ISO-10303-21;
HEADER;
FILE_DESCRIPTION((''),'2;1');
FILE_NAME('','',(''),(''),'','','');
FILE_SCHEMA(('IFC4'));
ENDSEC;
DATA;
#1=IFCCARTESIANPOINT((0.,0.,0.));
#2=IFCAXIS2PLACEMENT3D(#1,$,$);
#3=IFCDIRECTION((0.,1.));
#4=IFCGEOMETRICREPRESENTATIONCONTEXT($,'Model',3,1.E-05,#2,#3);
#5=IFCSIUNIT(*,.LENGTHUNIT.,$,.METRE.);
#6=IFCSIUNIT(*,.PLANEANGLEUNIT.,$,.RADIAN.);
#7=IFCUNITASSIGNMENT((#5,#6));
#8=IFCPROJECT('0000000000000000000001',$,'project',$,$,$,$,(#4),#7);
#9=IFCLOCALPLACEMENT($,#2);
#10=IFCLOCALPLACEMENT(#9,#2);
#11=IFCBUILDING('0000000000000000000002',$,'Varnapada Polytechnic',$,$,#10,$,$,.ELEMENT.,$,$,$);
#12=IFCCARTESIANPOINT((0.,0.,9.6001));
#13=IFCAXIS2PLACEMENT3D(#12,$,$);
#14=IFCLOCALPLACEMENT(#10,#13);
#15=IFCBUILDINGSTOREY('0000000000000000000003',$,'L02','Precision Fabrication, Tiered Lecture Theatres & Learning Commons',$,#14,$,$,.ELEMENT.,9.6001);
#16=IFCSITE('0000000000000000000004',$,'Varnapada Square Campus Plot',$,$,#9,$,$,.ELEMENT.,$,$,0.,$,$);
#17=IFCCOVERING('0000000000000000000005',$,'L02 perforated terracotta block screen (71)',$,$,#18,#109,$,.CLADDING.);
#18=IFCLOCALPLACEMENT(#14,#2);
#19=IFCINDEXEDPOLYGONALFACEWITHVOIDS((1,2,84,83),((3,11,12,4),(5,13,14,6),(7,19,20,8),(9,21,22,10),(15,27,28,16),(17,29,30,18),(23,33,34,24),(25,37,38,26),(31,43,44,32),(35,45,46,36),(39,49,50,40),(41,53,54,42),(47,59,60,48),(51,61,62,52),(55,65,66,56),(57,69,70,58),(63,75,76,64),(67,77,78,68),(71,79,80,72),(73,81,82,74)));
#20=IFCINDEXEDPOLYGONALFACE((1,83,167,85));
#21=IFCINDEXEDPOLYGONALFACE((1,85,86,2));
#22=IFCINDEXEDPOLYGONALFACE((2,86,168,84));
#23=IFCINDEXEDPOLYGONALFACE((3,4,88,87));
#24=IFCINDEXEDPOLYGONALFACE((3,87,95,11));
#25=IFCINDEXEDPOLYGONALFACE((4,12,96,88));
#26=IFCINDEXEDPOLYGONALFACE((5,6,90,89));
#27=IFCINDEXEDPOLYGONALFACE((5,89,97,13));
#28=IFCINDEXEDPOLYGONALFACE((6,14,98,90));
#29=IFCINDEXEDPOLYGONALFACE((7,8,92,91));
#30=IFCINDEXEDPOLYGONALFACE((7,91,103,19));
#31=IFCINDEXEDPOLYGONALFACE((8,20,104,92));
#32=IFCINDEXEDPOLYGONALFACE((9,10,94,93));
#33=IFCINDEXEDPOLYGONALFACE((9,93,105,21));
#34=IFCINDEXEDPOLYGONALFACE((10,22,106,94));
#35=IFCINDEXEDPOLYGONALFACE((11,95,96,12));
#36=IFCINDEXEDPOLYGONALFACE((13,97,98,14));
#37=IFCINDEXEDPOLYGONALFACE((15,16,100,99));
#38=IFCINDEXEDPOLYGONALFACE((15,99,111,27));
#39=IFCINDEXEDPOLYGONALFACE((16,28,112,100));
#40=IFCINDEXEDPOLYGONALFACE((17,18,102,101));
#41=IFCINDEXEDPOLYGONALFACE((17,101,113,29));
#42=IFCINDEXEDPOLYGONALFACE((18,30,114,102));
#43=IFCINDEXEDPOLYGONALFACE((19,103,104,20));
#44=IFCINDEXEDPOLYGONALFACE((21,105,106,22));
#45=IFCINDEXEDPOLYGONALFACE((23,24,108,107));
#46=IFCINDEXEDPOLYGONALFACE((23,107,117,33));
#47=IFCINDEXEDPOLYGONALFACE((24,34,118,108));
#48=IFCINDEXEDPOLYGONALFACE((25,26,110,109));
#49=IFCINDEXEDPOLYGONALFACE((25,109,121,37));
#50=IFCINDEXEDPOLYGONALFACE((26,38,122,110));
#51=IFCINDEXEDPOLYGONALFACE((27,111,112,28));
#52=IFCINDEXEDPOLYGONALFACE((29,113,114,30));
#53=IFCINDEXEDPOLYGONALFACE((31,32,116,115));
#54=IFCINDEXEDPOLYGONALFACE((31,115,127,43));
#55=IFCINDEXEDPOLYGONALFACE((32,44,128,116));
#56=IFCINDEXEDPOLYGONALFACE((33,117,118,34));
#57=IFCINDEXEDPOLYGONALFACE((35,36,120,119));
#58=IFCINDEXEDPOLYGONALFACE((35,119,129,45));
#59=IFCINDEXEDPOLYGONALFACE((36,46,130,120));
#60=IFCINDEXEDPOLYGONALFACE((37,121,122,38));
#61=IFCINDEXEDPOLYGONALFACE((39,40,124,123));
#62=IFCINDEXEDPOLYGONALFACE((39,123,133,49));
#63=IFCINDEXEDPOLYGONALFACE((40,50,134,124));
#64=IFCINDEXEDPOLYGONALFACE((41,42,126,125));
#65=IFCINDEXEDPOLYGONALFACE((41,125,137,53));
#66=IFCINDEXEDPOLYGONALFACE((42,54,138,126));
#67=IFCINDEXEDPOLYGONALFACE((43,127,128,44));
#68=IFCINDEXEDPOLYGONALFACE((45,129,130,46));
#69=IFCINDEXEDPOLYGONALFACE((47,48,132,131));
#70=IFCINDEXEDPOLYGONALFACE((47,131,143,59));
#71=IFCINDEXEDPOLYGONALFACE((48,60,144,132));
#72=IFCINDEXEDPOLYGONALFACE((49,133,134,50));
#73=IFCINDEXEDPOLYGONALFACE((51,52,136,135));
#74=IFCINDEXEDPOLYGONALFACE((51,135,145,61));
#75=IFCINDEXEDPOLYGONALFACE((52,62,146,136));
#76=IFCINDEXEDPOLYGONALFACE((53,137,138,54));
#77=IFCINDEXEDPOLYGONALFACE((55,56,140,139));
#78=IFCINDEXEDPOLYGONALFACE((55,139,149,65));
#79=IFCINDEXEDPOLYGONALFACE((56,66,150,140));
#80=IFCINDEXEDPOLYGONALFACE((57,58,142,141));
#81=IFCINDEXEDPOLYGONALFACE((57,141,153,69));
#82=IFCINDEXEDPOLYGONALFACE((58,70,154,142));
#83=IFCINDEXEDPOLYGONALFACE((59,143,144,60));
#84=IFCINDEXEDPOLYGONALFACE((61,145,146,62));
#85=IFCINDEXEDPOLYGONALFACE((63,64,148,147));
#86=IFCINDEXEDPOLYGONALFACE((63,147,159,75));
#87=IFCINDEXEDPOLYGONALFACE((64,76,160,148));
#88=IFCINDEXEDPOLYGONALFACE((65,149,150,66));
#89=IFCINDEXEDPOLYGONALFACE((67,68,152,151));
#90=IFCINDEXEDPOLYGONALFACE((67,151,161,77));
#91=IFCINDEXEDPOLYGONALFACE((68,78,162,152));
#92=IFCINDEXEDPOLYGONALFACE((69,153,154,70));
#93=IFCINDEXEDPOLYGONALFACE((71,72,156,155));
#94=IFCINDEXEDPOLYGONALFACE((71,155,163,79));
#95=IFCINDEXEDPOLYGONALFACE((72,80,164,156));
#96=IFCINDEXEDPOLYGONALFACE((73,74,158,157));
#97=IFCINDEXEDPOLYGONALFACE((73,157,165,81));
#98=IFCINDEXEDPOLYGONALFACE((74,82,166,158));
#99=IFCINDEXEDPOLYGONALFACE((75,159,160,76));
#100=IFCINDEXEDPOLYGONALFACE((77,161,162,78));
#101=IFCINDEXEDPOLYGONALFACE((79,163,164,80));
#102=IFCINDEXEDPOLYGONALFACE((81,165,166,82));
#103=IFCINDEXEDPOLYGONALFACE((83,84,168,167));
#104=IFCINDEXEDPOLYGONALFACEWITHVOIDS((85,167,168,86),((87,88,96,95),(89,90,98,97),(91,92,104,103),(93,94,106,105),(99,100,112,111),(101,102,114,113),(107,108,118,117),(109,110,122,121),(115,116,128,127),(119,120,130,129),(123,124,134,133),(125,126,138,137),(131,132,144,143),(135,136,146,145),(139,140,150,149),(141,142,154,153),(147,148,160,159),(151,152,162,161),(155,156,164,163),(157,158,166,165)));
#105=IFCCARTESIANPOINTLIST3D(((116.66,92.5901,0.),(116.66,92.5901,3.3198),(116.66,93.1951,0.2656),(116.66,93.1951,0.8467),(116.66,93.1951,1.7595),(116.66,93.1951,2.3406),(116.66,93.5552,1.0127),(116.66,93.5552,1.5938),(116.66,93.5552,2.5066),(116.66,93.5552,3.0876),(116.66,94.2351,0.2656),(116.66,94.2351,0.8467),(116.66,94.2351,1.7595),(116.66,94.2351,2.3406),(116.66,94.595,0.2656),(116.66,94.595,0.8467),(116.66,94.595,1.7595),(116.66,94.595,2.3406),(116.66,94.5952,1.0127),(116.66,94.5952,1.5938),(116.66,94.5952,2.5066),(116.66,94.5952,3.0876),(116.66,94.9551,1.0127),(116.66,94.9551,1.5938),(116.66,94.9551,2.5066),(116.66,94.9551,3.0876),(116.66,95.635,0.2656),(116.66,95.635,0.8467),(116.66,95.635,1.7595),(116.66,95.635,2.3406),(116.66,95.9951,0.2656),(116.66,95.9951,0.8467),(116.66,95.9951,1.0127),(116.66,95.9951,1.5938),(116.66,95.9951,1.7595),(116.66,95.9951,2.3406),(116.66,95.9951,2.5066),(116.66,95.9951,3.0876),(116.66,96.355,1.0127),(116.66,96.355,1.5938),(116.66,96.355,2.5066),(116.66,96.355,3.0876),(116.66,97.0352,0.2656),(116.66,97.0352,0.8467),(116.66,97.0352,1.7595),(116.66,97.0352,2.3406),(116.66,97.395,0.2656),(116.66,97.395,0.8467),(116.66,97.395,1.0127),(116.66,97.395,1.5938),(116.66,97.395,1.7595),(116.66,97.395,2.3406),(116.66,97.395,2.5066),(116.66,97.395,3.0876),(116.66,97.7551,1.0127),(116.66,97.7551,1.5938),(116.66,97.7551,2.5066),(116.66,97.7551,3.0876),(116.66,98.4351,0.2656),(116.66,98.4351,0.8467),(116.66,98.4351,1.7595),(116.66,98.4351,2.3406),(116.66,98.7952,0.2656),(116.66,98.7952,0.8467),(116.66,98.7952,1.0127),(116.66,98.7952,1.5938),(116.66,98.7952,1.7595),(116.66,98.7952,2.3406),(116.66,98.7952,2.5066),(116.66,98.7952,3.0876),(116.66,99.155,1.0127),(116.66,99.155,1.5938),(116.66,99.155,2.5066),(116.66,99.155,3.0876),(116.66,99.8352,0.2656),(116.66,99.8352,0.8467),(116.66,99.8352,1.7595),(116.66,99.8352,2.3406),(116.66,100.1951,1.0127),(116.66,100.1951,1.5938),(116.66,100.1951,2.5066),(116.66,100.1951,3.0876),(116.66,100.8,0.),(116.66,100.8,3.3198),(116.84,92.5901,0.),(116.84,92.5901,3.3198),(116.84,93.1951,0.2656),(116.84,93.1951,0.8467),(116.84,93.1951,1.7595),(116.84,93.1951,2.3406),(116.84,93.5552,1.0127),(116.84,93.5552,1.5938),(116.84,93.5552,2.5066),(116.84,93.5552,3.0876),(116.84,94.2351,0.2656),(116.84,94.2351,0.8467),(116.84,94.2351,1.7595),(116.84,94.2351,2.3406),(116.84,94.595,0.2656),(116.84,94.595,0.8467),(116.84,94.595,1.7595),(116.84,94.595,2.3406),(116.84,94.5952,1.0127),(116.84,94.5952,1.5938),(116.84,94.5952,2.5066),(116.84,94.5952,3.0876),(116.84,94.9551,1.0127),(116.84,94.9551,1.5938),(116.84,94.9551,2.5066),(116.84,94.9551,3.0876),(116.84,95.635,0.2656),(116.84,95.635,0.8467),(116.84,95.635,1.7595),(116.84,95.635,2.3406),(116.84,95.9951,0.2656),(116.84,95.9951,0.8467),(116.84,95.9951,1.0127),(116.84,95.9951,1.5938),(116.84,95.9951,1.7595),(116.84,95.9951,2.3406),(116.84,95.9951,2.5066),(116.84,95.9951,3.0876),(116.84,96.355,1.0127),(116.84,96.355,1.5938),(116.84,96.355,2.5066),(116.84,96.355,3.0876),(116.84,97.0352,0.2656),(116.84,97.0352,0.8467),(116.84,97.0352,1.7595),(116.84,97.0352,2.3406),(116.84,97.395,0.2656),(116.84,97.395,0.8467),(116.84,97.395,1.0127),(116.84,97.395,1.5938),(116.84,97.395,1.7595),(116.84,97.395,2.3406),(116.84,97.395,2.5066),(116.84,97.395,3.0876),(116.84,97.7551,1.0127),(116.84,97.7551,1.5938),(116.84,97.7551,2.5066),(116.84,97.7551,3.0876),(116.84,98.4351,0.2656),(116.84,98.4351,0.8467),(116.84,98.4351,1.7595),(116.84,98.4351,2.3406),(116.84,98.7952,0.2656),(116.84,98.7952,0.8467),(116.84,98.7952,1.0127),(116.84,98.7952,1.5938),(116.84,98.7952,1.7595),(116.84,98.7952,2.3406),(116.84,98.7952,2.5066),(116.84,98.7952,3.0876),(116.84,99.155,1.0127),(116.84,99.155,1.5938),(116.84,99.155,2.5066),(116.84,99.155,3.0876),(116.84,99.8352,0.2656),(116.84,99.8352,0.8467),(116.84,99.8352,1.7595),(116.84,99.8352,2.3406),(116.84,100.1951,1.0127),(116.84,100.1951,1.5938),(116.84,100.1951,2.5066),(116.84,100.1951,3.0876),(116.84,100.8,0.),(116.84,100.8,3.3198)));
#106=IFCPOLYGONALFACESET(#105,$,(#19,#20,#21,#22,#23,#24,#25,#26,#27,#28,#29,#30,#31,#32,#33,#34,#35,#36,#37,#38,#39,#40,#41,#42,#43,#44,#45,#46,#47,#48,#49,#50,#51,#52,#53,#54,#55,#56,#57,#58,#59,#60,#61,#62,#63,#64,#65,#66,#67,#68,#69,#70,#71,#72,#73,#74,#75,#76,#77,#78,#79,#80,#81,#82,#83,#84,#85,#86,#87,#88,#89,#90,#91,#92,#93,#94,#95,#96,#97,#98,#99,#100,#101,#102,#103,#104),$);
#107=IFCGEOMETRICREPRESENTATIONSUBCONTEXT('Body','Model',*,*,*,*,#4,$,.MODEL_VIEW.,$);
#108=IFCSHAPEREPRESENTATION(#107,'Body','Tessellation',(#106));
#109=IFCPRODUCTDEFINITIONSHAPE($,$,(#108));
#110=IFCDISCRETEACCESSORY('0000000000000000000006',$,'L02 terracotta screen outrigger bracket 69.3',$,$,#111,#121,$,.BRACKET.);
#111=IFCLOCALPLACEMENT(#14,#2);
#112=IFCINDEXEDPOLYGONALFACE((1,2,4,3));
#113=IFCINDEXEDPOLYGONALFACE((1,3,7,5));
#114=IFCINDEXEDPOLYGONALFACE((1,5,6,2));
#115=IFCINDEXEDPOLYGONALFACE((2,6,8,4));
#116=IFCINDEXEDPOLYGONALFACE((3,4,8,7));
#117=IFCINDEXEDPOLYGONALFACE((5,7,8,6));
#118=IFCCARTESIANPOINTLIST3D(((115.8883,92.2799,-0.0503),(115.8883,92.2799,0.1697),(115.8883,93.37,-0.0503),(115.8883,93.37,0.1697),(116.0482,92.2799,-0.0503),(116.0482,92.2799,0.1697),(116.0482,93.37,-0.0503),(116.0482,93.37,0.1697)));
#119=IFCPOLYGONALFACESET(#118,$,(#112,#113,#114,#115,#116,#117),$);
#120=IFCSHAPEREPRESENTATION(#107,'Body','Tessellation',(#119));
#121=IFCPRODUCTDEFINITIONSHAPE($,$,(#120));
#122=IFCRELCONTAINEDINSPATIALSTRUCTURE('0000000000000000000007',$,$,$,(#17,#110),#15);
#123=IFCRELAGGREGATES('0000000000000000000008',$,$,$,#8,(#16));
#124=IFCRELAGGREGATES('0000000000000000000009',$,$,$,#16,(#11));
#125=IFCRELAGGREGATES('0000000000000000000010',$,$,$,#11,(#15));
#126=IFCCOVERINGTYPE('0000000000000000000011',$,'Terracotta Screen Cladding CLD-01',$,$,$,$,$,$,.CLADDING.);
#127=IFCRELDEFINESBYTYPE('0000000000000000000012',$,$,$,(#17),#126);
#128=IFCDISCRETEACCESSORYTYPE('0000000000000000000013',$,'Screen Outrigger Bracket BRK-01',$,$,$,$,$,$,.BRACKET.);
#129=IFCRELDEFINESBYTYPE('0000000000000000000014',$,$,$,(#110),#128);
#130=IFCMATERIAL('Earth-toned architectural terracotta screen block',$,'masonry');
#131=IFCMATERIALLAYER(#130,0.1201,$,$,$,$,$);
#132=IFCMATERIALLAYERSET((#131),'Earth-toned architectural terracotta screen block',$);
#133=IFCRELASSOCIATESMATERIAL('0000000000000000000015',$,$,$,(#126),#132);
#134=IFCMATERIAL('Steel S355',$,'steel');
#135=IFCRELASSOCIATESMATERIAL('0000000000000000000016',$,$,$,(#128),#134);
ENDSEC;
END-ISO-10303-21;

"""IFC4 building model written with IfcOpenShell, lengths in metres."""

from ifc_helpers import new_model, si_unit, direction, frame, frame_2d, origin, origin_2d, place, context, subcontext, project, spatial, rectangle, extrude, material, layer, layer_set, type_object, element, save


model = new_model("IFC4")

# Units and contexts
model_context = context("Model", 3, precision=1e-05, world=origin(), true_north=direction((0.0, 1.0)))
body_context = subcontext(model_context, "Body", "Model", "MODEL_VIEW")
ifc_project = project(units=[si_unit("LENGTHUNIT", "METRE"), si_unit("PLANEANGLEUNIT", "RADIAN")], contexts=[model_context])

# Site, building, storey
site_placement = place(None, origin())
site = spatial("IfcSite", under=ifc_project, at=site_placement, Name="Varnapada Square Campus Plot", CompositionType="ELEMENT", RefElevation=0.0)
building_placement = place(site_placement, origin())
building = spatial("IfcBuilding", under=site, at=building_placement, Name="Varnapada Polytechnic", CompositionType="ELEMENT")
storey_placement = place(building_placement, frame((0.0, 0.0, 9.6001)))
storey = spatial("IfcBuildingStorey", under=building, at=storey_placement, Name="L02", Description="Precision Fabrication, Tiered Lecture Theatres & Learning Commons", CompositionType="ELEMENT", Elevation=9.6001)

# Shared definitions
ifc_material_1 = material(Name="Steel S355", Category="steel")

# Covering, openings
ifc_material_2 = material(Name="Earth-toned architectural terracotta screen block", Category="masonry")
ifc_layer_1 = layer(ifc_material_2, 0.1201)
ifc_layer_set_1 = layer_set([ifc_layer_1], Name="Earth-toned architectural terracotta screen block")
covering_type = type_object("IfcCoveringType", Name="Terracotta Screen Cladding CLD-01", PredefinedType="CLADDING", material=ifc_layer_set_1)
covering_placement = place(storey_placement, frame((116.75, 92.5901, 0.0), z_axis=(0.0, 0.0, 1.0), x_axis=(0.0, 1.0, 0.0)))
covering = element("IfcCovering", 1, at=covering_placement, inside=storey, type_object=covering_type, Name="L02 perforated terracotta block screen (71)", PredefinedType="CLADDING", context=body_context, shape_type="SweptSolid", body=[
    extrude(rectangle(XDim=8.21, YDim=0.1799, at=frame_2d((4.105, 0.0))), origin(), (0.0, 0.0, 1.0), 3.3198),
])
opening_1_placement = place(covering_placement, frame((0.605, 0.0, 0.2656)))
element("IfcOpeningElement", 2, at=opening_1_placement, cuts=covering, PredefinedType="OPENING", context=body_context, shape_type="SweptSolid", body=[
    extrude(rectangle(XDim=1.04, YDim=0.5811, at=frame_2d((0.52, 0.2905))), frame((0.0, 0.0999, 0.0), z_axis=(0.0, -1.0, 0.0), x_axis=(1.0, 0.0, 0.0)), (0.0, 0.0, 1.0), 0.2),
])
opening_2_placement = place(covering_placement, frame((2.0049, 0.0, 0.2656)))
element("IfcOpeningElement", 3, at=opening_2_placement, cuts=covering, PredefinedType="OPENING", context=body_context, shape_type="SweptSolid", body=[
    extrude(rectangle(XDim=1.04, YDim=0.5811, at=frame_2d((0.52, 0.2905))), frame((0.0, 0.0999, 0.0), z_axis=(0.0, -1.0, 0.0), x_axis=(1.0, 0.0, 0.0)), (0.0, 0.0, 1.0), 0.2),
])
opening_3_placement = place(covering_placement, frame((3.405, 0.0, 0.2656)))
element("IfcOpeningElement", 4, at=opening_3_placement, cuts=covering, PredefinedType="OPENING", context=body_context, shape_type="SweptSolid", body=[
    extrude(rectangle(XDim=1.04, YDim=0.5811, at=frame_2d((0.52, 0.2905))), frame((0.0, 0.0999, 0.0), z_axis=(0.0, -1.0, 0.0), x_axis=(1.0, 0.0, 0.0)), (0.0, 0.0, 1.0), 0.2),
])
opening_4_placement = place(covering_placement, frame((4.8049, 0.0, 0.2656)))
element("IfcOpeningElement", 5, at=opening_4_placement, cuts=covering, PredefinedType="OPENING", context=body_context, shape_type="SweptSolid", body=[
    extrude(rectangle(XDim=1.04, YDim=0.5811, at=frame_2d((0.52, 0.2905))), frame((0.0, 0.0999, 0.0), z_axis=(0.0, -1.0, 0.0), x_axis=(1.0, 0.0, 0.0)), (0.0, 0.0, 1.0), 0.2),
])
opening_5_placement = place(covering_placement, frame((6.2051, 0.0, 0.2656)))
element("IfcOpeningElement", 6, at=opening_5_placement, cuts=covering, PredefinedType="OPENING", context=body_context, shape_type="SweptSolid", body=[
    extrude(rectangle(XDim=1.04, YDim=0.5811, at=frame_2d((0.52, 0.2905))), frame((0.0, 0.0999, 0.0), z_axis=(0.0, -1.0, 0.0), x_axis=(1.0, 0.0, 0.0)), (0.0, 0.0, 1.0), 0.2),
])
opening_6_placement = place(covering_placement, frame((0.9651, 0.0, 1.0127)))
element("IfcOpeningElement", 7, at=opening_6_placement, cuts=covering, PredefinedType="OPENING", context=body_context, shape_type="SweptSolid", body=[
    extrude(rectangle(XDim=1.04, YDim=0.5811, at=frame_2d((0.52, 0.2905))), frame((0.0, 0.0999, 0.0), z_axis=(0.0, -1.0, 0.0), x_axis=(1.0, 0.0, 0.0)), (0.0, 0.0, 1.0), 0.2),
])
opening_7_placement = place(covering_placement, frame((2.365, 0.0, 1.0127)))
element("IfcOpeningElement", 8, at=opening_7_placement, cuts=covering, PredefinedType="OPENING", context=body_context, shape_type="SweptSolid", body=[
    extrude(rectangle(XDim=1.04, YDim=0.5811, at=frame_2d((0.52, 0.2905))), frame((0.0, 0.0999, 0.0), z_axis=(0.0, -1.0, 0.0), x_axis=(1.0, 0.0, 0.0)), (0.0, 0.0, 1.0), 0.2),
])
opening_8_placement = place(covering_placement, frame((3.7649, 0.0, 1.0127)))
element("IfcOpeningElement", 9, at=opening_8_placement, cuts=covering, PredefinedType="OPENING", context=body_context, shape_type="SweptSolid", body=[
    extrude(rectangle(XDim=1.04, YDim=0.5811, at=frame_2d((0.52, 0.2905))), frame((0.0, 0.0999, 0.0), z_axis=(0.0, -1.0, 0.0), x_axis=(1.0, 0.0, 0.0)), (0.0, 0.0, 1.0), 0.2),
])
opening_9_placement = place(covering_placement, frame((5.165, 0.0, 1.0127)))
element("IfcOpeningElement", 10, at=opening_9_placement, cuts=covering, PredefinedType="OPENING", context=body_context, shape_type="SweptSolid", body=[
    extrude(rectangle(XDim=1.04, YDim=0.5811, at=frame_2d((0.52, 0.2905))), frame((0.0, 0.0999, 0.0), z_axis=(0.0, -1.0, 0.0), x_axis=(1.0, 0.0, 0.0)), (0.0, 0.0, 1.0), 0.2),
])
opening_10_placement = place(covering_placement, frame((6.5649, 0.0, 1.0127)))
element("IfcOpeningElement", 11, at=opening_10_placement, cuts=covering, PredefinedType="OPENING", context=body_context, shape_type="SweptSolid", body=[
    extrude(rectangle(XDim=1.04, YDim=0.5811, at=frame_2d((0.52, 0.2905))), frame((0.0, 0.0999, 0.0), z_axis=(0.0, -1.0, 0.0), x_axis=(1.0, 0.0, 0.0)), (0.0, 0.0, 1.0), 0.2),
])
opening_11_placement = place(covering_placement, frame((0.605, 0.0, 1.7595)))
element("IfcOpeningElement", 12, at=opening_11_placement, cuts=covering, PredefinedType="OPENING", context=body_context, shape_type="SweptSolid", body=[
    extrude(rectangle(XDim=1.04, YDim=0.5811, at=frame_2d((0.52, 0.2905))), frame((0.0, 0.0999, 0.0), z_axis=(0.0, -1.0, 0.0), x_axis=(1.0, 0.0, 0.0)), (0.0, 0.0, 1.0), 0.2),
])
opening_12_placement = place(covering_placement, frame((2.0049, 0.0, 1.7595)))
element("IfcOpeningElement", 13, at=opening_12_placement, cuts=covering, PredefinedType="OPENING", context=body_context, shape_type="SweptSolid", body=[
    extrude(rectangle(XDim=1.04, YDim=0.5811, at=frame_2d((0.52, 0.2905))), frame((0.0, 0.0999, 0.0), z_axis=(0.0, -1.0, 0.0), x_axis=(1.0, 0.0, 0.0)), (0.0, 0.0, 1.0), 0.2),
])
opening_13_placement = place(covering_placement, frame((3.405, 0.0, 1.7595)))
element("IfcOpeningElement", 14, at=opening_13_placement, cuts=covering, PredefinedType="OPENING", context=body_context, shape_type="SweptSolid", body=[
    extrude(rectangle(XDim=1.04, YDim=0.5811, at=frame_2d((0.52, 0.2905))), frame((0.0, 0.0999, 0.0), z_axis=(0.0, -1.0, 0.0), x_axis=(1.0, 0.0, 0.0)), (0.0, 0.0, 1.0), 0.2),
])
opening_14_placement = place(covering_placement, frame((4.8049, 0.0, 1.7595)))
element("IfcOpeningElement", 15, at=opening_14_placement, cuts=covering, PredefinedType="OPENING", context=body_context, shape_type="SweptSolid", body=[
    extrude(rectangle(XDim=1.04, YDim=0.5811, at=frame_2d((0.52, 0.2905))), frame((0.0, 0.0999, 0.0), z_axis=(0.0, -1.0, 0.0), x_axis=(1.0, 0.0, 0.0)), (0.0, 0.0, 1.0), 0.2),
])
opening_15_placement = place(covering_placement, frame((6.2051, 0.0, 1.7595)))
element("IfcOpeningElement", 16, at=opening_15_placement, cuts=covering, PredefinedType="OPENING", context=body_context, shape_type="SweptSolid", body=[
    extrude(rectangle(XDim=1.04, YDim=0.5811, at=frame_2d((0.52, 0.2905))), frame((0.0, 0.0999, 0.0), z_axis=(0.0, -1.0, 0.0), x_axis=(1.0, 0.0, 0.0)), (0.0, 0.0, 1.0), 0.2),
])
opening_16_placement = place(covering_placement, frame((0.9651, 0.0, 2.5066)))
element("IfcOpeningElement", 17, at=opening_16_placement, cuts=covering, PredefinedType="OPENING", context=body_context, shape_type="SweptSolid", body=[
    extrude(rectangle(XDim=1.04, YDim=0.5811, at=frame_2d((0.52, 0.2905))), frame((0.0, 0.0999, 0.0), z_axis=(0.0, -1.0, 0.0), x_axis=(1.0, 0.0, 0.0)), (0.0, 0.0, 1.0), 0.2),
])
opening_17_placement = place(covering_placement, frame((2.365, 0.0, 2.5066)))
element("IfcOpeningElement", 18, at=opening_17_placement, cuts=covering, PredefinedType="OPENING", context=body_context, shape_type="SweptSolid", body=[
    extrude(rectangle(XDim=1.04, YDim=0.5811, at=frame_2d((0.52, 0.2905))), frame((0.0, 0.0999, 0.0), z_axis=(0.0, -1.0, 0.0), x_axis=(1.0, 0.0, 0.0)), (0.0, 0.0, 1.0), 0.2),
])
opening_18_placement = place(covering_placement, frame((3.7649, 0.0, 2.5066)))
element("IfcOpeningElement", 19, at=opening_18_placement, cuts=covering, PredefinedType="OPENING", context=body_context, shape_type="SweptSolid", body=[
    extrude(rectangle(XDim=1.04, YDim=0.5811, at=frame_2d((0.52, 0.2905))), frame((0.0, 0.0999, 0.0), z_axis=(0.0, -1.0, 0.0), x_axis=(1.0, 0.0, 0.0)), (0.0, 0.0, 1.0), 0.2),
])
opening_19_placement = place(covering_placement, frame((5.165, 0.0, 2.5066)))
element("IfcOpeningElement", 20, at=opening_19_placement, cuts=covering, PredefinedType="OPENING", context=body_context, shape_type="SweptSolid", body=[
    extrude(rectangle(XDim=1.04, YDim=0.5811, at=frame_2d((0.52, 0.2905))), frame((0.0, 0.0999, 0.0), z_axis=(0.0, -1.0, 0.0), x_axis=(1.0, 0.0, 0.0)), (0.0, 0.0, 1.0), 0.2),
])
opening_20_placement = place(covering_placement, frame((6.5649, 0.0, 2.5066)))
element("IfcOpeningElement", 21, at=opening_20_placement, cuts=covering, PredefinedType="OPENING", context=body_context, shape_type="SweptSolid", body=[
    extrude(rectangle(XDim=1.04, YDim=0.5811, at=frame_2d((0.52, 0.2905))), frame((0.0, 0.0999, 0.0), z_axis=(0.0, -1.0, 0.0), x_axis=(1.0, 0.0, 0.0)), (0.0, 0.0, 1.0), 0.2),
])

# Discrete accessory
discrete_accessory_type = type_object("IfcDiscreteAccessoryType", Name="Screen Outrigger Bracket BRK-01", PredefinedType="BRACKET", material=ifc_material_1)
discrete_accessory_placement = place(storey_placement, frame((115.9683, 92.825, -0.0503), z_axis=(0.0, 0.0, 1.0), x_axis=(1.0, 0.0, 0.0)))
element("IfcDiscreteAccessory", 22, at=discrete_accessory_placement, inside=storey, type_object=discrete_accessory_type, Name="L02 terracotta screen outrigger bracket 69.3", PredefinedType="BRACKET", context=body_context, shape_type="SweptSolid", body=[
    extrude(rectangle(XDim=0.1599, YDim=1.0901, at=origin_2d()), origin(), (0.0, 0.0, 1.0), 0.22),
])

save(model, "model.ifc")
